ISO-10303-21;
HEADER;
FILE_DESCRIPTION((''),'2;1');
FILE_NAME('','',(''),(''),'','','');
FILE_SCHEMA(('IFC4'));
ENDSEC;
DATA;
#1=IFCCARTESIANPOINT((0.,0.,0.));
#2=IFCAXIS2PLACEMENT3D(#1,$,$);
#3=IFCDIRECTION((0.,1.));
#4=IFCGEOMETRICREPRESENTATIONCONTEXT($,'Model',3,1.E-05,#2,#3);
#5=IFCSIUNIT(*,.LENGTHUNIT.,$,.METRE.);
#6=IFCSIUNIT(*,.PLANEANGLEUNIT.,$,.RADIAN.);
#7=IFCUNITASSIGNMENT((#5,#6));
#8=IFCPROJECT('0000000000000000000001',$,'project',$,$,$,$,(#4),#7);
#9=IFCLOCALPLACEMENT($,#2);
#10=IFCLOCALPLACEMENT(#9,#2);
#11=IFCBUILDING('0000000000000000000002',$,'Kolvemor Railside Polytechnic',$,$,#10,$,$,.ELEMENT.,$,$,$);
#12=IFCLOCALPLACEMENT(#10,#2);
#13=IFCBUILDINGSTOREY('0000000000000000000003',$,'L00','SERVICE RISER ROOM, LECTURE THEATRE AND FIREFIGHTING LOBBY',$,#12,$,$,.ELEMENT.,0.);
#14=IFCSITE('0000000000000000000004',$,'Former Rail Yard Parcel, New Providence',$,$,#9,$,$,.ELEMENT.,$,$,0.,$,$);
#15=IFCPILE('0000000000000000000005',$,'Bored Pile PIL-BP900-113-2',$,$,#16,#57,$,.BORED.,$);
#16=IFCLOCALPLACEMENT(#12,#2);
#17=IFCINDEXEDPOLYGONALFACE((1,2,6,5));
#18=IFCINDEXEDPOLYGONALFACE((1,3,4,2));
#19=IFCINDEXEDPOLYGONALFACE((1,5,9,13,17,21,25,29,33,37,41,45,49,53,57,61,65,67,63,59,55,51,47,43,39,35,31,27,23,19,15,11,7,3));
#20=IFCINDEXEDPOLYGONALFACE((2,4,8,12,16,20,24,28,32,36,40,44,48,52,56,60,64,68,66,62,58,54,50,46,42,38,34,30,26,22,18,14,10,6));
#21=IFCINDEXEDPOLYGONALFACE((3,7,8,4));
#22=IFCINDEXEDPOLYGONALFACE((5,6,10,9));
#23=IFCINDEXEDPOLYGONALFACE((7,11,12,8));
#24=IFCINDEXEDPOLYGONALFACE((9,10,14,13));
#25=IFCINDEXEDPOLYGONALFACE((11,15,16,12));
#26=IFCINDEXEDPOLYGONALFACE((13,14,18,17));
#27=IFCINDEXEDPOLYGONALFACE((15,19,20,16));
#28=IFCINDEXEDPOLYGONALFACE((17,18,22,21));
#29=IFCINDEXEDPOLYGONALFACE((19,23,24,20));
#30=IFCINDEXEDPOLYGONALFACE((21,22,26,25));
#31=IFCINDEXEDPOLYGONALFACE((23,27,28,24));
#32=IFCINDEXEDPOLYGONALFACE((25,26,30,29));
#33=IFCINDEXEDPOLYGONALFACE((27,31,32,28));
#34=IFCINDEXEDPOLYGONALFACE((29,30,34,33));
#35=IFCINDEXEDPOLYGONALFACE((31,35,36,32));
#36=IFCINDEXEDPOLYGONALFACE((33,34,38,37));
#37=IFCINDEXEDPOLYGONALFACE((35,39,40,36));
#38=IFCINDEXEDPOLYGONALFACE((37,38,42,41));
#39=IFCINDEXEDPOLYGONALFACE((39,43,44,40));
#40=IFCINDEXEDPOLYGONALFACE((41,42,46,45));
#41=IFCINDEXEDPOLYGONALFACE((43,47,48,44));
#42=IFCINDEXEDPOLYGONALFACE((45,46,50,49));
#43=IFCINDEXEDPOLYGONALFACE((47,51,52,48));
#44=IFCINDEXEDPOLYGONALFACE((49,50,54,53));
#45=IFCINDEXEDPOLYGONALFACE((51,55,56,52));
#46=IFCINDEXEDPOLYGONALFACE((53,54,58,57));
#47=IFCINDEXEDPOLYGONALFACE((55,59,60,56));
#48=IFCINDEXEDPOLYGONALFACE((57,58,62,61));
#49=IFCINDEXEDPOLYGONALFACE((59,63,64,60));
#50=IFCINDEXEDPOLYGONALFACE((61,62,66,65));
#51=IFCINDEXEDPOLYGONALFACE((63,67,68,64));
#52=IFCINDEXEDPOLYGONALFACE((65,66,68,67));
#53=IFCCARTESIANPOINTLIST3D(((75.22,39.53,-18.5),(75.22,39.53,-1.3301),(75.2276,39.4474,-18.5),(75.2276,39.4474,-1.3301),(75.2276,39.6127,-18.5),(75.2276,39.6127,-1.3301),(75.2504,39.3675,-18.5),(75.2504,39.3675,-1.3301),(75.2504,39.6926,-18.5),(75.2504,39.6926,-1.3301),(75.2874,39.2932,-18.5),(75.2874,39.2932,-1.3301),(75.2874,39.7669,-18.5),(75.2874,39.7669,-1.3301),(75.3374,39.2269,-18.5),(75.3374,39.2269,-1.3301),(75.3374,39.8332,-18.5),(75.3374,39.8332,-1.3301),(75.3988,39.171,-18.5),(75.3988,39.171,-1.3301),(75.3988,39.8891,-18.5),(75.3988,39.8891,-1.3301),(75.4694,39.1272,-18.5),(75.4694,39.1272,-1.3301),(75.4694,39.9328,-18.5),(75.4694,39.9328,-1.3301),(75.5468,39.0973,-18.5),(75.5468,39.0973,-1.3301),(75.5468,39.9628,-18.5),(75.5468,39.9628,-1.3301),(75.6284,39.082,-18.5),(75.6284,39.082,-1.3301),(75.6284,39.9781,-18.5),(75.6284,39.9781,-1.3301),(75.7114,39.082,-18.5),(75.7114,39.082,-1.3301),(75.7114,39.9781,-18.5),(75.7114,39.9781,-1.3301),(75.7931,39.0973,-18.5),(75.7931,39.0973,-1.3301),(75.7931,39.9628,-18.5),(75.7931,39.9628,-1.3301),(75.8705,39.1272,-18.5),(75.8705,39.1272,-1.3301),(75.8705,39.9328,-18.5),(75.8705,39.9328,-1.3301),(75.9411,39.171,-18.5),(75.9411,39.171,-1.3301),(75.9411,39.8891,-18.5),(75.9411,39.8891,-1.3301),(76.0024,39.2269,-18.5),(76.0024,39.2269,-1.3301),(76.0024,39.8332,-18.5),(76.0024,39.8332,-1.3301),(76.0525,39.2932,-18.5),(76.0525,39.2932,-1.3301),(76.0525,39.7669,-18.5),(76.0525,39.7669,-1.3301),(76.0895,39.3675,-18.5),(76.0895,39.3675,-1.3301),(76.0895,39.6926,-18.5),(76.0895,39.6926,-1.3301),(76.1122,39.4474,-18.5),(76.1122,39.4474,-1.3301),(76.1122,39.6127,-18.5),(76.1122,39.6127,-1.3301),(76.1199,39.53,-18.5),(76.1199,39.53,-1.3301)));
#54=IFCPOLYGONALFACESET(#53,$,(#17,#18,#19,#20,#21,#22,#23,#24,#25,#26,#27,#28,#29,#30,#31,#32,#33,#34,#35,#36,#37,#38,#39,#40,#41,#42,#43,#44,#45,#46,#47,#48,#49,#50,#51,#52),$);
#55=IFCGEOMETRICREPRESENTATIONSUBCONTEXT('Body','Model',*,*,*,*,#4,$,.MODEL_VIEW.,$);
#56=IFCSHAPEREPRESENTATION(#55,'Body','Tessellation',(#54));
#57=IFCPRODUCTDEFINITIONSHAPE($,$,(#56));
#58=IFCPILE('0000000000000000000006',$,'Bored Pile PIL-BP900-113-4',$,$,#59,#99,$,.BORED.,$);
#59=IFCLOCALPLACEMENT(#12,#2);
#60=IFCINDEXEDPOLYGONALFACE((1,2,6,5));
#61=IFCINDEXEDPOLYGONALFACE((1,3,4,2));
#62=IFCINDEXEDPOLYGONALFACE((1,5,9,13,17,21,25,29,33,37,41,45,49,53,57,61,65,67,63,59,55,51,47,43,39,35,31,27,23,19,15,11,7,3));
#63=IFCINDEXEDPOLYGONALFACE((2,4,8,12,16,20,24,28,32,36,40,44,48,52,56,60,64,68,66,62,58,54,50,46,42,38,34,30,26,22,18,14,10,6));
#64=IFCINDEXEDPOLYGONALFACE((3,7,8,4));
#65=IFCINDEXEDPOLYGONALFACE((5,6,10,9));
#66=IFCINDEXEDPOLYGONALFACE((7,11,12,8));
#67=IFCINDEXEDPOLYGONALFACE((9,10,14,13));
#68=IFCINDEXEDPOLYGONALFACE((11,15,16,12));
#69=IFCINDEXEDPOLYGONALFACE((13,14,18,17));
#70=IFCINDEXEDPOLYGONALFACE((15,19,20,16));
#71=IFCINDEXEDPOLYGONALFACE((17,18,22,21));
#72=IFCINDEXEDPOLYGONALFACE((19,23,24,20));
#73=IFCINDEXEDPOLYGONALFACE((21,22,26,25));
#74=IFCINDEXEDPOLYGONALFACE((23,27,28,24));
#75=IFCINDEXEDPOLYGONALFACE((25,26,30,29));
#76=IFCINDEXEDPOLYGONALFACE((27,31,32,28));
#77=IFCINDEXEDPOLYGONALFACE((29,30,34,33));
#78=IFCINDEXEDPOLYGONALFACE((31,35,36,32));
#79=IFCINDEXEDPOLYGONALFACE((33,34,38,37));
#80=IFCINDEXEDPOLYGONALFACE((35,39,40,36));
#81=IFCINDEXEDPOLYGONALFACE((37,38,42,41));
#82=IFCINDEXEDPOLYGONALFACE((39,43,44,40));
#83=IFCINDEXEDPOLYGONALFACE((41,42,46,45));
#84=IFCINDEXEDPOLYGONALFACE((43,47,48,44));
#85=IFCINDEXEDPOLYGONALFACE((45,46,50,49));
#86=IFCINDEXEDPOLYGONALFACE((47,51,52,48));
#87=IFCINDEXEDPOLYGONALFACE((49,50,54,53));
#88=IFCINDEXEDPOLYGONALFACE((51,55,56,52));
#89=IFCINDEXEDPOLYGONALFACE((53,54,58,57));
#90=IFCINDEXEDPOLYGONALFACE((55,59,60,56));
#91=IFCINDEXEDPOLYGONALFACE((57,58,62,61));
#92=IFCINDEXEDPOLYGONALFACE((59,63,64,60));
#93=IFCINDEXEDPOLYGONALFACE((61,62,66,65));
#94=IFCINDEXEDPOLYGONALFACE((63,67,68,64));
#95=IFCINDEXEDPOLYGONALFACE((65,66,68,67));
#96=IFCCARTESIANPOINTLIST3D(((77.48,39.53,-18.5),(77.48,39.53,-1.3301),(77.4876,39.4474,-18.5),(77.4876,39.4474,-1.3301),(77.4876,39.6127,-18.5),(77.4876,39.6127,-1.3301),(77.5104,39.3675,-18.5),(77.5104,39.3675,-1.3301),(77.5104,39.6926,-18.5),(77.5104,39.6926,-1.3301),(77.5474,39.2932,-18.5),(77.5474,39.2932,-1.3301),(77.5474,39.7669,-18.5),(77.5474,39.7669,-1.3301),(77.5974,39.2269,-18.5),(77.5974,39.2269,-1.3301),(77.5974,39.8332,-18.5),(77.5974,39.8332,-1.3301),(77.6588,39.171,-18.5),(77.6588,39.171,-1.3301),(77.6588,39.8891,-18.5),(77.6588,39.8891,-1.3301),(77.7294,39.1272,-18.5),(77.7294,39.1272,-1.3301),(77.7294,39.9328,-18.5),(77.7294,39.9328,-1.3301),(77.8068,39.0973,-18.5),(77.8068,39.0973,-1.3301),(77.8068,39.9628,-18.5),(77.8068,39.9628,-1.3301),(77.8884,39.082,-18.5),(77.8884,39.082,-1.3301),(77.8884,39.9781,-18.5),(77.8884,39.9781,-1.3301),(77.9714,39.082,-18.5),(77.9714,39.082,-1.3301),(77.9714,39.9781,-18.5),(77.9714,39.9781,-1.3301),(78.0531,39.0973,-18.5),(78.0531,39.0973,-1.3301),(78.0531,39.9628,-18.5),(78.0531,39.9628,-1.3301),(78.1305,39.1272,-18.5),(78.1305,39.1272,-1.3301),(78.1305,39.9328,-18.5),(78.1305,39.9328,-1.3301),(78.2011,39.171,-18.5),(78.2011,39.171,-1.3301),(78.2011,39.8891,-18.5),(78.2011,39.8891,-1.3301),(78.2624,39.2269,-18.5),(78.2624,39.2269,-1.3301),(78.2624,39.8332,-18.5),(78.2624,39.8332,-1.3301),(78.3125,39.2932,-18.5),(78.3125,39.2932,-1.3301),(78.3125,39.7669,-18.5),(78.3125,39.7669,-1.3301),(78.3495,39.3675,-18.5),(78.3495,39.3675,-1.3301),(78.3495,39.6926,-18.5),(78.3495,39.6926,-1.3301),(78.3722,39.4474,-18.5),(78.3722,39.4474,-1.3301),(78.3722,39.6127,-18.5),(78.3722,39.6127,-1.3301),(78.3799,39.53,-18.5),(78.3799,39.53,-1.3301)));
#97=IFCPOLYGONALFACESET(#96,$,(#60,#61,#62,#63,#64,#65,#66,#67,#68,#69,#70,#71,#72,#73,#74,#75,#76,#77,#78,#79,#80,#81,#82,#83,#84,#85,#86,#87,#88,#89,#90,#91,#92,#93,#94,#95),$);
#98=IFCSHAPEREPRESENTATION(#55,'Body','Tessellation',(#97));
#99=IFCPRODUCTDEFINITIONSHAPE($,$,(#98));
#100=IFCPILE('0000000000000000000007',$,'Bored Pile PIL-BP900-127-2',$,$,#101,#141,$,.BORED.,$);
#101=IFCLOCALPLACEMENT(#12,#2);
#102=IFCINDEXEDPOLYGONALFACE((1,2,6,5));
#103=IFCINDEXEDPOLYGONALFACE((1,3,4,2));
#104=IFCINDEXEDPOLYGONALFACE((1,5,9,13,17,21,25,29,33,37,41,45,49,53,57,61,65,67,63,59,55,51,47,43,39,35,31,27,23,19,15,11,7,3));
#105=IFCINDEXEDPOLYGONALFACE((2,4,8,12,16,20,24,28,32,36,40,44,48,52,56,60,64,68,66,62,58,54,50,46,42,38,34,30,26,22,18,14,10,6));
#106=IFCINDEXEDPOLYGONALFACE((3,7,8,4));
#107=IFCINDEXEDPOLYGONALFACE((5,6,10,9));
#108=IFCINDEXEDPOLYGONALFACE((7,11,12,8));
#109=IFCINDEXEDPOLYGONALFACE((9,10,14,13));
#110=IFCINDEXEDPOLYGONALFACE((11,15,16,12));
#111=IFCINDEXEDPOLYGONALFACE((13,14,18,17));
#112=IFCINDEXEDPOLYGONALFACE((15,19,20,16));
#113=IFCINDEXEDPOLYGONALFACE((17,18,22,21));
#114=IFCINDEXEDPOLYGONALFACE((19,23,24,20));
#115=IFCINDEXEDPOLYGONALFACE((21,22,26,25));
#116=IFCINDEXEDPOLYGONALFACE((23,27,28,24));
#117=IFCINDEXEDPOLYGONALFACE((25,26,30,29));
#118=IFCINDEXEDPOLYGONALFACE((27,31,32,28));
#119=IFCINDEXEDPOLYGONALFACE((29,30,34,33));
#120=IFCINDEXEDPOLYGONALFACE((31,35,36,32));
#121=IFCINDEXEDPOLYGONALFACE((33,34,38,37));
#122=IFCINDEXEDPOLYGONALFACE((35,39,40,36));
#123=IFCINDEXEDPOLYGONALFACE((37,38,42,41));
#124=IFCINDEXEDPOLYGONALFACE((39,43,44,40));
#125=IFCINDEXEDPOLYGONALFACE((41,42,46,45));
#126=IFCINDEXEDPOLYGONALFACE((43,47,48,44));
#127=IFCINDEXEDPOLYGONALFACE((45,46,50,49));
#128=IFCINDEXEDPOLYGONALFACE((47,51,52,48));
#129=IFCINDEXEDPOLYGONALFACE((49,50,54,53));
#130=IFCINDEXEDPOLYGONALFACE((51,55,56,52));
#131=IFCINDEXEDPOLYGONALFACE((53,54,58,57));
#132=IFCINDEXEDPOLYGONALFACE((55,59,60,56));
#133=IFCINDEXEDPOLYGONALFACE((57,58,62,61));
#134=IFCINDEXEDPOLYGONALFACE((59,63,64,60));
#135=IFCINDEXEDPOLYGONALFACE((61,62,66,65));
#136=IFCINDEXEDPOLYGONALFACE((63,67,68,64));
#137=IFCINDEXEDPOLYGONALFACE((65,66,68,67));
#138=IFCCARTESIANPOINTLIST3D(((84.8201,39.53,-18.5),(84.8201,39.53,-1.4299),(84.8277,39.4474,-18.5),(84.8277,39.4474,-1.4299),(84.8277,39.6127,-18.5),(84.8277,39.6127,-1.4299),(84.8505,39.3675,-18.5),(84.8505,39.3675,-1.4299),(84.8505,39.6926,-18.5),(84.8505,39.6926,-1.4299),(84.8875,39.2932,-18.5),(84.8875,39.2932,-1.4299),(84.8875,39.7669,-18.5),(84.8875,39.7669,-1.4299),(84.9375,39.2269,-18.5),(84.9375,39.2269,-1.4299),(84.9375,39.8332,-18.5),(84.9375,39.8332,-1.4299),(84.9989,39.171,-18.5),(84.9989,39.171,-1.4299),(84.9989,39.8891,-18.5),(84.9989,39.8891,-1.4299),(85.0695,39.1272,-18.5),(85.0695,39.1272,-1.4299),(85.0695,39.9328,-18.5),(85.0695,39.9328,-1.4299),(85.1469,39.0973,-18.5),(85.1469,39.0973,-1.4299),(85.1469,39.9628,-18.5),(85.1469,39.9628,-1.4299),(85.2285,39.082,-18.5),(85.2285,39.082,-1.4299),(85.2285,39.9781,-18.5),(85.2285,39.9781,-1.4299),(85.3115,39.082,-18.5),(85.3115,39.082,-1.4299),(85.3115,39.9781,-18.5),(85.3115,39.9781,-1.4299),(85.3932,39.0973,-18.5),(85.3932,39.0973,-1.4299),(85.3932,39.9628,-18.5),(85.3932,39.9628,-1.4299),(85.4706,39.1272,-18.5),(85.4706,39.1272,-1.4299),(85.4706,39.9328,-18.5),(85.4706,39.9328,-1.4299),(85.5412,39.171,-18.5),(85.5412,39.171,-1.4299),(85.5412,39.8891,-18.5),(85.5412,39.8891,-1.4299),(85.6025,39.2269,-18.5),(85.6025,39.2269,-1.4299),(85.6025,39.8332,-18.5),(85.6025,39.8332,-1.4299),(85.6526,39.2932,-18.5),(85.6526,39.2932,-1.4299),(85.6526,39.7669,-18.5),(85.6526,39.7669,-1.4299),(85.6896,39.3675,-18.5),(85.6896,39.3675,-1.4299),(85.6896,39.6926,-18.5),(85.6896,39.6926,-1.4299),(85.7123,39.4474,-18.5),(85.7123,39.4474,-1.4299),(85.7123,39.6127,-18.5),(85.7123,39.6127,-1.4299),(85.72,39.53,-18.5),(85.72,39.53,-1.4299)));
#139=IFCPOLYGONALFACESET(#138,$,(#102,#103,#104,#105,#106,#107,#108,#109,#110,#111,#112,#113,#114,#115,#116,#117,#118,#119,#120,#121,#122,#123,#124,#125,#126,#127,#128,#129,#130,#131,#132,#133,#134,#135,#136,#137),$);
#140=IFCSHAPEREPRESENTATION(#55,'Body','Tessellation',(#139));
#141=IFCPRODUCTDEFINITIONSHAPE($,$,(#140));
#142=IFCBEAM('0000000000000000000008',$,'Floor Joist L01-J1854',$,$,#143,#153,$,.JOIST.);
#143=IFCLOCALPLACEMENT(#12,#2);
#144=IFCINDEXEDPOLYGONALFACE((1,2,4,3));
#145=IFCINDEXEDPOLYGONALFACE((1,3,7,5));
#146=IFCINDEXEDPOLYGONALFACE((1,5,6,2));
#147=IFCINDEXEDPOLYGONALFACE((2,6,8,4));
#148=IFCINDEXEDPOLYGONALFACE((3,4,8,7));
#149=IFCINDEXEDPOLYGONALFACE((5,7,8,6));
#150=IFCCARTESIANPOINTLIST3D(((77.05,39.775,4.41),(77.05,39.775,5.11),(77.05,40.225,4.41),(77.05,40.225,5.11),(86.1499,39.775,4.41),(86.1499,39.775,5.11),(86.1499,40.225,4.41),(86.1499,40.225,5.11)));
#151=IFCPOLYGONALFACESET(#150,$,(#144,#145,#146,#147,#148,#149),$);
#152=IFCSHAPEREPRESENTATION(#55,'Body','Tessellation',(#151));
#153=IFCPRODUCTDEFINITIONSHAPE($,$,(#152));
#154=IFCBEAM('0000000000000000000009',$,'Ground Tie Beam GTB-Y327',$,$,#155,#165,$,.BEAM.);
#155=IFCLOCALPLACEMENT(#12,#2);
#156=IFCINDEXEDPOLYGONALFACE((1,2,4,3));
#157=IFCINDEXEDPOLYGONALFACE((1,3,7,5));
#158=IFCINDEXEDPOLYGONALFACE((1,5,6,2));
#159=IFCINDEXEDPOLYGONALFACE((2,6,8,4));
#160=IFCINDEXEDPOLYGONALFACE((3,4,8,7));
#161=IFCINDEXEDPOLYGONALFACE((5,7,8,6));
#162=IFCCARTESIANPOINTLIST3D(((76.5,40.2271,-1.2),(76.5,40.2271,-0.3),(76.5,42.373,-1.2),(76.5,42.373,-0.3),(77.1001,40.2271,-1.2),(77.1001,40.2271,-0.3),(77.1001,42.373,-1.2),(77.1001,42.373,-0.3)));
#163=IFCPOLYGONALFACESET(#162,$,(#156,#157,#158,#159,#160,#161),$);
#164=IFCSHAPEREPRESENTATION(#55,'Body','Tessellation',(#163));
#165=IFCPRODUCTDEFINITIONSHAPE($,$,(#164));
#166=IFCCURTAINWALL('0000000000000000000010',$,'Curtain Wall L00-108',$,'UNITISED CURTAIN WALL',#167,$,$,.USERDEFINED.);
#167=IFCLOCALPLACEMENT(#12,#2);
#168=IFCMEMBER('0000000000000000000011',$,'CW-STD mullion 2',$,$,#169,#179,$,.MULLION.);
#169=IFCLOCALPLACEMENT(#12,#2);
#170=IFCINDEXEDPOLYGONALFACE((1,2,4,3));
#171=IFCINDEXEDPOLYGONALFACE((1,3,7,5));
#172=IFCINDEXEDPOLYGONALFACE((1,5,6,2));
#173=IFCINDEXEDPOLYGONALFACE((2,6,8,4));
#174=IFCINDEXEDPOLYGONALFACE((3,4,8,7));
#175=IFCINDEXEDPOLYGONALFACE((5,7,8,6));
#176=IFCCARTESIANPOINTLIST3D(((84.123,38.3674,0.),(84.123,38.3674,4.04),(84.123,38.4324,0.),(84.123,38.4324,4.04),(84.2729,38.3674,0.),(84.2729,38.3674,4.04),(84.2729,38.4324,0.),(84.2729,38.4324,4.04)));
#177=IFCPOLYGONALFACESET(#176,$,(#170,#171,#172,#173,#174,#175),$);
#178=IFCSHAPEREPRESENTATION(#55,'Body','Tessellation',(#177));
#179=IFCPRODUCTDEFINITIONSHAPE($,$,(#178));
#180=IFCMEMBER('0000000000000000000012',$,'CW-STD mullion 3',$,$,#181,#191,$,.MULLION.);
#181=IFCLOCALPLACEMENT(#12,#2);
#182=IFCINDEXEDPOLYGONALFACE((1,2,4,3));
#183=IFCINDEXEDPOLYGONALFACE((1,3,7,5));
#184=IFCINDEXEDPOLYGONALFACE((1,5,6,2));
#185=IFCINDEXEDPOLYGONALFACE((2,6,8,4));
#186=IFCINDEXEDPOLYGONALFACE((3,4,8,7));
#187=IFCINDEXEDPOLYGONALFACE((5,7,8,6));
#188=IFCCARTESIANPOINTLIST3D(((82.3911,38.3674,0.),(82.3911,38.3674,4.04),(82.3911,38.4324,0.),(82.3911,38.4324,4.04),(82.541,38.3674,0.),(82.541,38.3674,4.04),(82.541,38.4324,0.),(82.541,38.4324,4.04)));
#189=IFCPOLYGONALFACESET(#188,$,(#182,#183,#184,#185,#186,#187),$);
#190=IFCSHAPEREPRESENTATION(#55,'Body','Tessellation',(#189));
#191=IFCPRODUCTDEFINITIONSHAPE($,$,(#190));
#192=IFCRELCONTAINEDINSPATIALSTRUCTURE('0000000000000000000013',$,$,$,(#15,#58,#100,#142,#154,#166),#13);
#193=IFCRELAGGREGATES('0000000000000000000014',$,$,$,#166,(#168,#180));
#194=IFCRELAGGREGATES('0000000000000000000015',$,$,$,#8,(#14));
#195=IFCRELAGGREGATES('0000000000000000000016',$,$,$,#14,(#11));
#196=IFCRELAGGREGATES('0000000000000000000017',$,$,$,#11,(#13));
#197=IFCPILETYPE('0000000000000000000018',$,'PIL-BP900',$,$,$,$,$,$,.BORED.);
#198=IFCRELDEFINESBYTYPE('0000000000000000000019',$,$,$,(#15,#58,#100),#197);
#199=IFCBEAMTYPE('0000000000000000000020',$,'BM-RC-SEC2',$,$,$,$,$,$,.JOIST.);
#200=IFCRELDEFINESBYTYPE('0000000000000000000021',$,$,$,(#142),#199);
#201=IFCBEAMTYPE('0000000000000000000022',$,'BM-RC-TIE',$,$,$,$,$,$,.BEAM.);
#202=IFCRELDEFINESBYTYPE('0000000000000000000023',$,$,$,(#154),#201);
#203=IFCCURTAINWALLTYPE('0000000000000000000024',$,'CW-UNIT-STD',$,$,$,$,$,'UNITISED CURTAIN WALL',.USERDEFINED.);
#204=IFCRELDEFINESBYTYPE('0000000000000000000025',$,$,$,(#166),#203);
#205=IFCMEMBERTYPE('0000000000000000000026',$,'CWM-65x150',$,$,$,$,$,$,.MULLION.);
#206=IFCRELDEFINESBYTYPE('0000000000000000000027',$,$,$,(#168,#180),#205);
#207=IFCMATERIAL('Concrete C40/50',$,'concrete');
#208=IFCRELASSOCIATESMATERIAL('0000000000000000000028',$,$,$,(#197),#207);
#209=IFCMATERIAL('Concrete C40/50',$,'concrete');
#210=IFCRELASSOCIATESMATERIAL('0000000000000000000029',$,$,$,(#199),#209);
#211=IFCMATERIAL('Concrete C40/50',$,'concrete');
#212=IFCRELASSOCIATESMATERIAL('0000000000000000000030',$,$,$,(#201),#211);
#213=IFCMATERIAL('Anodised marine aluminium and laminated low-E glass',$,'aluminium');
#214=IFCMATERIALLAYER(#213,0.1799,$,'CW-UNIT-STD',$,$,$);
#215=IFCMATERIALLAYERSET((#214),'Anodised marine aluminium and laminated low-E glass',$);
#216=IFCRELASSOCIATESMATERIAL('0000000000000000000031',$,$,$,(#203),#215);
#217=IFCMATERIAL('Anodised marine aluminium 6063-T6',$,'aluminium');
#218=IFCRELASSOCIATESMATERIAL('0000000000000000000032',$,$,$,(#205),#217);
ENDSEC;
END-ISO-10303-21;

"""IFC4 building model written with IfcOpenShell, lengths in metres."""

from ifc_helpers import new_model, si_unit, direction, frame, origin, origin_2d, place, context, subcontext, project, spatial, rectangle, circle, extrude, material, layer, layer_set, material_profile, profile_set, type_object, element, aggregate, save


model = new_model("IFC4")

# Units and contexts
model_context = context("Model", 3, precision=1e-05, world=origin(), true_north=direction((0.0, 1.0)))
body_context = subcontext(model_context, "Body", "Model", "MODEL_VIEW")
ifc_project = project(units=[si_unit("LENGTHUNIT", "METRE"), si_unit("PLANEANGLEUNIT", "RADIAN")], contexts=[model_context])

# Site, building, storey
site_placement = place(None, origin())
site = spatial("IfcSite", under=ifc_project, at=site_placement, Name="Former Rail Yard Parcel, New Providence", CompositionType="ELEMENT", RefElevation=0.0)
building_placement = place(site_placement, origin())
building = spatial("IfcBuilding", under=site, at=building_placement, Name="Kolvemor Railside Polytechnic", CompositionType="ELEMENT")
storey_placement = place(building_placement, origin())
storey = spatial("IfcBuildingStorey", under=building, at=storey_placement, Name="L00", Description="SERVICE RISER ROOM, LECTURE THEATRE AND FIREFIGHTING LOBBY", CompositionType="ELEMENT", Elevation=0.0)

# Piles
ifc_material_1 = material(Name="Concrete C40/50", Category="concrete")
ifc_material_profile_1 = material_profile(ifc_material_1, circle(Radius=0.45, at=origin_2d()), Name="BP900")
ifc_profile_set_1 = profile_set([ifc_material_profile_1], Name="Concrete C40/50")
pile_type = type_object("IfcPileType", Name="PIL-BP900", PredefinedType="BORED", material=ifc_profile_set_1)
for number, where, z_axis, x_axis, name in (
    (1, (75.6699, 39.53, -1.3301), (0.0, 0.0, -1.0), (1.0, 0.0, 0.0), "Bored Pile PIL-BP900-113-2"),
    (2, (77.9299, 39.53, -1.3301), (0.0, 0.0, -1.0), (1.0, 0.0, 0.0), "Bored Pile PIL-BP900-113-4"),
):
    element("IfcPile", number, at=place(storey_placement, frame(where, z_axis=z_axis, x_axis=x_axis)), inside=storey, type_object=pile_type, Name=name, PredefinedType="BORED", context=body_context, shape_type="SweptSolid", body=[
        extrude(circle(Radius=0.45, at=origin_2d()), origin(), (0.0, 0.0, 1.0), 17.1699),
    ])
pile_placement = place(storey_placement, frame((85.27, 39.53, -1.4299), z_axis=(0.0, 0.0, -1.0), x_axis=(1.0, 0.0, 0.0)))
element("IfcPile", 3, at=pile_placement, inside=storey, type_object=pile_type, Name="Bored Pile PIL-BP900-127-2", PredefinedType="BORED", context=body_context, shape_type="SweptSolid", body=[
    extrude(circle(Radius=0.45, at=origin_2d()), origin(), (0.0, 0.0, 1.0), 17.0701),
])

# Beams
ifc_material_2 = material(Name="Concrete C40/50", Category="concrete")
ifc_material_profile_2 = material_profile(ifc_material_2, rectangle(XDim=0.45, YDim=0.7, at=origin_2d()), Name="RC450x700")
ifc_profile_set_2 = profile_set([ifc_material_profile_2], Name="Concrete C40/50")
beam_type_1 = type_object("IfcBeamType", Name="BM-RC-SEC2", PredefinedType="JOIST", material=ifc_profile_set_2)
beam_1_placement = place(storey_placement, frame((77.05, 40.0, 4.76), z_axis=(1.0, 0.0, 0.0), x_axis=(0.0, 1.0, 0.0)))
element("IfcBeam", 4, at=beam_1_placement, inside=storey, type_object=beam_type_1, Name="Floor Joist L01-J1854", PredefinedType="JOIST", context=body_context, shape_type="SweptSolid", body=[
    extrude(rectangle(XDim=0.45, YDim=0.7, at=origin_2d()), origin(), (0.0, 0.0, 1.0), 9.0999),
])
ifc_material_3 = material(Name="Concrete C40/50", Category="concrete")
ifc_material_profile_3 = material_profile(ifc_material_3, rectangle(XDim=0.6001, YDim=0.8999, at=origin_2d()), Name="RC600x900")
ifc_profile_set_3 = profile_set([ifc_material_profile_3], Name="Concrete C40/50")
beam_type_2 = type_object("IfcBeamType", Name="BM-RC-TIE", PredefinedType="BEAM", material=ifc_profile_set_3)
beam_2_placement = place(storey_placement, frame((76.8, 40.2271, -0.75), z_axis=(0.0, 1.0, 0.0), x_axis=(-1.0, 0.0, 0.0)))
element("IfcBeam", 5, at=beam_2_placement, inside=storey, type_object=beam_type_2, Name="Ground Tie Beam GTB-Y327", PredefinedType="BEAM", context=body_context, shape_type="SweptSolid", body=[
    extrude(rectangle(XDim=0.6001, YDim=0.8999, at=origin_2d()), origin(), (0.0, 0.0, 1.0), 2.146),
])

# Curtain wall, members
ifc_material_4 = material(Name="Anodised marine aluminium and laminated low-E glass", Category="aluminium")
ifc_layer_1 = layer(ifc_material_4, 0.1799, Name="CW-UNIT-STD")
ifc_layer_set_1 = layer_set([ifc_layer_1], Name="Anodised marine aluminium and laminated low-E glass")
curtain_wall_type = type_object("IfcCurtainWallType", Name="CW-UNIT-STD", ElementType="UNITISED CURTAIN WALL", PredefinedType="USERDEFINED", material=ifc_layer_set_1)
curtain_wall_placement = place(storey_placement, origin())
curtain_wall = element("IfcCurtainWall", 6, at=curtain_wall_placement, inside=storey, type_object=curtain_wall_type, Name="Curtain Wall L00-108", ObjectType="UNITISED CURTAIN WALL", PredefinedType="USERDEFINED")
ifc_material_5 = material(Name="Anodised marine aluminium 6063-T6", Category="aluminium")
ifc_material_profile_4 = material_profile(ifc_material_5, rectangle(XDim=0.0649, YDim=0.1499, at=origin_2d()), Name="CW-MUL-65x150")
ifc_profile_set_4 = profile_set([ifc_material_profile_4], Name="Anodised marine aluminium 6063-T6")
member_type_1 = type_object("IfcMemberType", Name="CWM-65x150", PredefinedType="MULLION", material=ifc_profile_set_4)
member_1_placement = place(storey_placement, frame((84.198, 38.3999, 0.0), z_axis=(0.0, 0.0, 1.0), x_axis=(0.0, -1.0, 0.0)))
member_1 = element("IfcMember", 7, at=member_1_placement, type_object=member_type_1, Name="CW-STD mullion 2", PredefinedType="MULLION", context=body_context, shape_type="SweptSolid", body=[
    extrude(rectangle(XDim=0.0649, YDim=0.1499, at=origin_2d()), origin(), (0.0, 0.0, 1.0), 4.04),
])
member_2_placement = place(storey_placement, frame((82.4661, 38.3999, 0.0), z_axis=(0.0, 0.0, 1.0), x_axis=(0.0, -1.0, 0.0)))
member_2 = element("IfcMember", 8, at=member_2_placement, type_object=member_type_1, Name="CW-STD mullion 3", PredefinedType="MULLION", context=body_context, shape_type="SweptSolid", body=[
    extrude(rectangle(XDim=0.0649, YDim=0.1499, at=origin_2d()), origin(), (0.0, 0.0, 1.0), 4.04),
])
aggregate(curtain_wall, [member_1, member_2])

save(model, "model.ifc")
